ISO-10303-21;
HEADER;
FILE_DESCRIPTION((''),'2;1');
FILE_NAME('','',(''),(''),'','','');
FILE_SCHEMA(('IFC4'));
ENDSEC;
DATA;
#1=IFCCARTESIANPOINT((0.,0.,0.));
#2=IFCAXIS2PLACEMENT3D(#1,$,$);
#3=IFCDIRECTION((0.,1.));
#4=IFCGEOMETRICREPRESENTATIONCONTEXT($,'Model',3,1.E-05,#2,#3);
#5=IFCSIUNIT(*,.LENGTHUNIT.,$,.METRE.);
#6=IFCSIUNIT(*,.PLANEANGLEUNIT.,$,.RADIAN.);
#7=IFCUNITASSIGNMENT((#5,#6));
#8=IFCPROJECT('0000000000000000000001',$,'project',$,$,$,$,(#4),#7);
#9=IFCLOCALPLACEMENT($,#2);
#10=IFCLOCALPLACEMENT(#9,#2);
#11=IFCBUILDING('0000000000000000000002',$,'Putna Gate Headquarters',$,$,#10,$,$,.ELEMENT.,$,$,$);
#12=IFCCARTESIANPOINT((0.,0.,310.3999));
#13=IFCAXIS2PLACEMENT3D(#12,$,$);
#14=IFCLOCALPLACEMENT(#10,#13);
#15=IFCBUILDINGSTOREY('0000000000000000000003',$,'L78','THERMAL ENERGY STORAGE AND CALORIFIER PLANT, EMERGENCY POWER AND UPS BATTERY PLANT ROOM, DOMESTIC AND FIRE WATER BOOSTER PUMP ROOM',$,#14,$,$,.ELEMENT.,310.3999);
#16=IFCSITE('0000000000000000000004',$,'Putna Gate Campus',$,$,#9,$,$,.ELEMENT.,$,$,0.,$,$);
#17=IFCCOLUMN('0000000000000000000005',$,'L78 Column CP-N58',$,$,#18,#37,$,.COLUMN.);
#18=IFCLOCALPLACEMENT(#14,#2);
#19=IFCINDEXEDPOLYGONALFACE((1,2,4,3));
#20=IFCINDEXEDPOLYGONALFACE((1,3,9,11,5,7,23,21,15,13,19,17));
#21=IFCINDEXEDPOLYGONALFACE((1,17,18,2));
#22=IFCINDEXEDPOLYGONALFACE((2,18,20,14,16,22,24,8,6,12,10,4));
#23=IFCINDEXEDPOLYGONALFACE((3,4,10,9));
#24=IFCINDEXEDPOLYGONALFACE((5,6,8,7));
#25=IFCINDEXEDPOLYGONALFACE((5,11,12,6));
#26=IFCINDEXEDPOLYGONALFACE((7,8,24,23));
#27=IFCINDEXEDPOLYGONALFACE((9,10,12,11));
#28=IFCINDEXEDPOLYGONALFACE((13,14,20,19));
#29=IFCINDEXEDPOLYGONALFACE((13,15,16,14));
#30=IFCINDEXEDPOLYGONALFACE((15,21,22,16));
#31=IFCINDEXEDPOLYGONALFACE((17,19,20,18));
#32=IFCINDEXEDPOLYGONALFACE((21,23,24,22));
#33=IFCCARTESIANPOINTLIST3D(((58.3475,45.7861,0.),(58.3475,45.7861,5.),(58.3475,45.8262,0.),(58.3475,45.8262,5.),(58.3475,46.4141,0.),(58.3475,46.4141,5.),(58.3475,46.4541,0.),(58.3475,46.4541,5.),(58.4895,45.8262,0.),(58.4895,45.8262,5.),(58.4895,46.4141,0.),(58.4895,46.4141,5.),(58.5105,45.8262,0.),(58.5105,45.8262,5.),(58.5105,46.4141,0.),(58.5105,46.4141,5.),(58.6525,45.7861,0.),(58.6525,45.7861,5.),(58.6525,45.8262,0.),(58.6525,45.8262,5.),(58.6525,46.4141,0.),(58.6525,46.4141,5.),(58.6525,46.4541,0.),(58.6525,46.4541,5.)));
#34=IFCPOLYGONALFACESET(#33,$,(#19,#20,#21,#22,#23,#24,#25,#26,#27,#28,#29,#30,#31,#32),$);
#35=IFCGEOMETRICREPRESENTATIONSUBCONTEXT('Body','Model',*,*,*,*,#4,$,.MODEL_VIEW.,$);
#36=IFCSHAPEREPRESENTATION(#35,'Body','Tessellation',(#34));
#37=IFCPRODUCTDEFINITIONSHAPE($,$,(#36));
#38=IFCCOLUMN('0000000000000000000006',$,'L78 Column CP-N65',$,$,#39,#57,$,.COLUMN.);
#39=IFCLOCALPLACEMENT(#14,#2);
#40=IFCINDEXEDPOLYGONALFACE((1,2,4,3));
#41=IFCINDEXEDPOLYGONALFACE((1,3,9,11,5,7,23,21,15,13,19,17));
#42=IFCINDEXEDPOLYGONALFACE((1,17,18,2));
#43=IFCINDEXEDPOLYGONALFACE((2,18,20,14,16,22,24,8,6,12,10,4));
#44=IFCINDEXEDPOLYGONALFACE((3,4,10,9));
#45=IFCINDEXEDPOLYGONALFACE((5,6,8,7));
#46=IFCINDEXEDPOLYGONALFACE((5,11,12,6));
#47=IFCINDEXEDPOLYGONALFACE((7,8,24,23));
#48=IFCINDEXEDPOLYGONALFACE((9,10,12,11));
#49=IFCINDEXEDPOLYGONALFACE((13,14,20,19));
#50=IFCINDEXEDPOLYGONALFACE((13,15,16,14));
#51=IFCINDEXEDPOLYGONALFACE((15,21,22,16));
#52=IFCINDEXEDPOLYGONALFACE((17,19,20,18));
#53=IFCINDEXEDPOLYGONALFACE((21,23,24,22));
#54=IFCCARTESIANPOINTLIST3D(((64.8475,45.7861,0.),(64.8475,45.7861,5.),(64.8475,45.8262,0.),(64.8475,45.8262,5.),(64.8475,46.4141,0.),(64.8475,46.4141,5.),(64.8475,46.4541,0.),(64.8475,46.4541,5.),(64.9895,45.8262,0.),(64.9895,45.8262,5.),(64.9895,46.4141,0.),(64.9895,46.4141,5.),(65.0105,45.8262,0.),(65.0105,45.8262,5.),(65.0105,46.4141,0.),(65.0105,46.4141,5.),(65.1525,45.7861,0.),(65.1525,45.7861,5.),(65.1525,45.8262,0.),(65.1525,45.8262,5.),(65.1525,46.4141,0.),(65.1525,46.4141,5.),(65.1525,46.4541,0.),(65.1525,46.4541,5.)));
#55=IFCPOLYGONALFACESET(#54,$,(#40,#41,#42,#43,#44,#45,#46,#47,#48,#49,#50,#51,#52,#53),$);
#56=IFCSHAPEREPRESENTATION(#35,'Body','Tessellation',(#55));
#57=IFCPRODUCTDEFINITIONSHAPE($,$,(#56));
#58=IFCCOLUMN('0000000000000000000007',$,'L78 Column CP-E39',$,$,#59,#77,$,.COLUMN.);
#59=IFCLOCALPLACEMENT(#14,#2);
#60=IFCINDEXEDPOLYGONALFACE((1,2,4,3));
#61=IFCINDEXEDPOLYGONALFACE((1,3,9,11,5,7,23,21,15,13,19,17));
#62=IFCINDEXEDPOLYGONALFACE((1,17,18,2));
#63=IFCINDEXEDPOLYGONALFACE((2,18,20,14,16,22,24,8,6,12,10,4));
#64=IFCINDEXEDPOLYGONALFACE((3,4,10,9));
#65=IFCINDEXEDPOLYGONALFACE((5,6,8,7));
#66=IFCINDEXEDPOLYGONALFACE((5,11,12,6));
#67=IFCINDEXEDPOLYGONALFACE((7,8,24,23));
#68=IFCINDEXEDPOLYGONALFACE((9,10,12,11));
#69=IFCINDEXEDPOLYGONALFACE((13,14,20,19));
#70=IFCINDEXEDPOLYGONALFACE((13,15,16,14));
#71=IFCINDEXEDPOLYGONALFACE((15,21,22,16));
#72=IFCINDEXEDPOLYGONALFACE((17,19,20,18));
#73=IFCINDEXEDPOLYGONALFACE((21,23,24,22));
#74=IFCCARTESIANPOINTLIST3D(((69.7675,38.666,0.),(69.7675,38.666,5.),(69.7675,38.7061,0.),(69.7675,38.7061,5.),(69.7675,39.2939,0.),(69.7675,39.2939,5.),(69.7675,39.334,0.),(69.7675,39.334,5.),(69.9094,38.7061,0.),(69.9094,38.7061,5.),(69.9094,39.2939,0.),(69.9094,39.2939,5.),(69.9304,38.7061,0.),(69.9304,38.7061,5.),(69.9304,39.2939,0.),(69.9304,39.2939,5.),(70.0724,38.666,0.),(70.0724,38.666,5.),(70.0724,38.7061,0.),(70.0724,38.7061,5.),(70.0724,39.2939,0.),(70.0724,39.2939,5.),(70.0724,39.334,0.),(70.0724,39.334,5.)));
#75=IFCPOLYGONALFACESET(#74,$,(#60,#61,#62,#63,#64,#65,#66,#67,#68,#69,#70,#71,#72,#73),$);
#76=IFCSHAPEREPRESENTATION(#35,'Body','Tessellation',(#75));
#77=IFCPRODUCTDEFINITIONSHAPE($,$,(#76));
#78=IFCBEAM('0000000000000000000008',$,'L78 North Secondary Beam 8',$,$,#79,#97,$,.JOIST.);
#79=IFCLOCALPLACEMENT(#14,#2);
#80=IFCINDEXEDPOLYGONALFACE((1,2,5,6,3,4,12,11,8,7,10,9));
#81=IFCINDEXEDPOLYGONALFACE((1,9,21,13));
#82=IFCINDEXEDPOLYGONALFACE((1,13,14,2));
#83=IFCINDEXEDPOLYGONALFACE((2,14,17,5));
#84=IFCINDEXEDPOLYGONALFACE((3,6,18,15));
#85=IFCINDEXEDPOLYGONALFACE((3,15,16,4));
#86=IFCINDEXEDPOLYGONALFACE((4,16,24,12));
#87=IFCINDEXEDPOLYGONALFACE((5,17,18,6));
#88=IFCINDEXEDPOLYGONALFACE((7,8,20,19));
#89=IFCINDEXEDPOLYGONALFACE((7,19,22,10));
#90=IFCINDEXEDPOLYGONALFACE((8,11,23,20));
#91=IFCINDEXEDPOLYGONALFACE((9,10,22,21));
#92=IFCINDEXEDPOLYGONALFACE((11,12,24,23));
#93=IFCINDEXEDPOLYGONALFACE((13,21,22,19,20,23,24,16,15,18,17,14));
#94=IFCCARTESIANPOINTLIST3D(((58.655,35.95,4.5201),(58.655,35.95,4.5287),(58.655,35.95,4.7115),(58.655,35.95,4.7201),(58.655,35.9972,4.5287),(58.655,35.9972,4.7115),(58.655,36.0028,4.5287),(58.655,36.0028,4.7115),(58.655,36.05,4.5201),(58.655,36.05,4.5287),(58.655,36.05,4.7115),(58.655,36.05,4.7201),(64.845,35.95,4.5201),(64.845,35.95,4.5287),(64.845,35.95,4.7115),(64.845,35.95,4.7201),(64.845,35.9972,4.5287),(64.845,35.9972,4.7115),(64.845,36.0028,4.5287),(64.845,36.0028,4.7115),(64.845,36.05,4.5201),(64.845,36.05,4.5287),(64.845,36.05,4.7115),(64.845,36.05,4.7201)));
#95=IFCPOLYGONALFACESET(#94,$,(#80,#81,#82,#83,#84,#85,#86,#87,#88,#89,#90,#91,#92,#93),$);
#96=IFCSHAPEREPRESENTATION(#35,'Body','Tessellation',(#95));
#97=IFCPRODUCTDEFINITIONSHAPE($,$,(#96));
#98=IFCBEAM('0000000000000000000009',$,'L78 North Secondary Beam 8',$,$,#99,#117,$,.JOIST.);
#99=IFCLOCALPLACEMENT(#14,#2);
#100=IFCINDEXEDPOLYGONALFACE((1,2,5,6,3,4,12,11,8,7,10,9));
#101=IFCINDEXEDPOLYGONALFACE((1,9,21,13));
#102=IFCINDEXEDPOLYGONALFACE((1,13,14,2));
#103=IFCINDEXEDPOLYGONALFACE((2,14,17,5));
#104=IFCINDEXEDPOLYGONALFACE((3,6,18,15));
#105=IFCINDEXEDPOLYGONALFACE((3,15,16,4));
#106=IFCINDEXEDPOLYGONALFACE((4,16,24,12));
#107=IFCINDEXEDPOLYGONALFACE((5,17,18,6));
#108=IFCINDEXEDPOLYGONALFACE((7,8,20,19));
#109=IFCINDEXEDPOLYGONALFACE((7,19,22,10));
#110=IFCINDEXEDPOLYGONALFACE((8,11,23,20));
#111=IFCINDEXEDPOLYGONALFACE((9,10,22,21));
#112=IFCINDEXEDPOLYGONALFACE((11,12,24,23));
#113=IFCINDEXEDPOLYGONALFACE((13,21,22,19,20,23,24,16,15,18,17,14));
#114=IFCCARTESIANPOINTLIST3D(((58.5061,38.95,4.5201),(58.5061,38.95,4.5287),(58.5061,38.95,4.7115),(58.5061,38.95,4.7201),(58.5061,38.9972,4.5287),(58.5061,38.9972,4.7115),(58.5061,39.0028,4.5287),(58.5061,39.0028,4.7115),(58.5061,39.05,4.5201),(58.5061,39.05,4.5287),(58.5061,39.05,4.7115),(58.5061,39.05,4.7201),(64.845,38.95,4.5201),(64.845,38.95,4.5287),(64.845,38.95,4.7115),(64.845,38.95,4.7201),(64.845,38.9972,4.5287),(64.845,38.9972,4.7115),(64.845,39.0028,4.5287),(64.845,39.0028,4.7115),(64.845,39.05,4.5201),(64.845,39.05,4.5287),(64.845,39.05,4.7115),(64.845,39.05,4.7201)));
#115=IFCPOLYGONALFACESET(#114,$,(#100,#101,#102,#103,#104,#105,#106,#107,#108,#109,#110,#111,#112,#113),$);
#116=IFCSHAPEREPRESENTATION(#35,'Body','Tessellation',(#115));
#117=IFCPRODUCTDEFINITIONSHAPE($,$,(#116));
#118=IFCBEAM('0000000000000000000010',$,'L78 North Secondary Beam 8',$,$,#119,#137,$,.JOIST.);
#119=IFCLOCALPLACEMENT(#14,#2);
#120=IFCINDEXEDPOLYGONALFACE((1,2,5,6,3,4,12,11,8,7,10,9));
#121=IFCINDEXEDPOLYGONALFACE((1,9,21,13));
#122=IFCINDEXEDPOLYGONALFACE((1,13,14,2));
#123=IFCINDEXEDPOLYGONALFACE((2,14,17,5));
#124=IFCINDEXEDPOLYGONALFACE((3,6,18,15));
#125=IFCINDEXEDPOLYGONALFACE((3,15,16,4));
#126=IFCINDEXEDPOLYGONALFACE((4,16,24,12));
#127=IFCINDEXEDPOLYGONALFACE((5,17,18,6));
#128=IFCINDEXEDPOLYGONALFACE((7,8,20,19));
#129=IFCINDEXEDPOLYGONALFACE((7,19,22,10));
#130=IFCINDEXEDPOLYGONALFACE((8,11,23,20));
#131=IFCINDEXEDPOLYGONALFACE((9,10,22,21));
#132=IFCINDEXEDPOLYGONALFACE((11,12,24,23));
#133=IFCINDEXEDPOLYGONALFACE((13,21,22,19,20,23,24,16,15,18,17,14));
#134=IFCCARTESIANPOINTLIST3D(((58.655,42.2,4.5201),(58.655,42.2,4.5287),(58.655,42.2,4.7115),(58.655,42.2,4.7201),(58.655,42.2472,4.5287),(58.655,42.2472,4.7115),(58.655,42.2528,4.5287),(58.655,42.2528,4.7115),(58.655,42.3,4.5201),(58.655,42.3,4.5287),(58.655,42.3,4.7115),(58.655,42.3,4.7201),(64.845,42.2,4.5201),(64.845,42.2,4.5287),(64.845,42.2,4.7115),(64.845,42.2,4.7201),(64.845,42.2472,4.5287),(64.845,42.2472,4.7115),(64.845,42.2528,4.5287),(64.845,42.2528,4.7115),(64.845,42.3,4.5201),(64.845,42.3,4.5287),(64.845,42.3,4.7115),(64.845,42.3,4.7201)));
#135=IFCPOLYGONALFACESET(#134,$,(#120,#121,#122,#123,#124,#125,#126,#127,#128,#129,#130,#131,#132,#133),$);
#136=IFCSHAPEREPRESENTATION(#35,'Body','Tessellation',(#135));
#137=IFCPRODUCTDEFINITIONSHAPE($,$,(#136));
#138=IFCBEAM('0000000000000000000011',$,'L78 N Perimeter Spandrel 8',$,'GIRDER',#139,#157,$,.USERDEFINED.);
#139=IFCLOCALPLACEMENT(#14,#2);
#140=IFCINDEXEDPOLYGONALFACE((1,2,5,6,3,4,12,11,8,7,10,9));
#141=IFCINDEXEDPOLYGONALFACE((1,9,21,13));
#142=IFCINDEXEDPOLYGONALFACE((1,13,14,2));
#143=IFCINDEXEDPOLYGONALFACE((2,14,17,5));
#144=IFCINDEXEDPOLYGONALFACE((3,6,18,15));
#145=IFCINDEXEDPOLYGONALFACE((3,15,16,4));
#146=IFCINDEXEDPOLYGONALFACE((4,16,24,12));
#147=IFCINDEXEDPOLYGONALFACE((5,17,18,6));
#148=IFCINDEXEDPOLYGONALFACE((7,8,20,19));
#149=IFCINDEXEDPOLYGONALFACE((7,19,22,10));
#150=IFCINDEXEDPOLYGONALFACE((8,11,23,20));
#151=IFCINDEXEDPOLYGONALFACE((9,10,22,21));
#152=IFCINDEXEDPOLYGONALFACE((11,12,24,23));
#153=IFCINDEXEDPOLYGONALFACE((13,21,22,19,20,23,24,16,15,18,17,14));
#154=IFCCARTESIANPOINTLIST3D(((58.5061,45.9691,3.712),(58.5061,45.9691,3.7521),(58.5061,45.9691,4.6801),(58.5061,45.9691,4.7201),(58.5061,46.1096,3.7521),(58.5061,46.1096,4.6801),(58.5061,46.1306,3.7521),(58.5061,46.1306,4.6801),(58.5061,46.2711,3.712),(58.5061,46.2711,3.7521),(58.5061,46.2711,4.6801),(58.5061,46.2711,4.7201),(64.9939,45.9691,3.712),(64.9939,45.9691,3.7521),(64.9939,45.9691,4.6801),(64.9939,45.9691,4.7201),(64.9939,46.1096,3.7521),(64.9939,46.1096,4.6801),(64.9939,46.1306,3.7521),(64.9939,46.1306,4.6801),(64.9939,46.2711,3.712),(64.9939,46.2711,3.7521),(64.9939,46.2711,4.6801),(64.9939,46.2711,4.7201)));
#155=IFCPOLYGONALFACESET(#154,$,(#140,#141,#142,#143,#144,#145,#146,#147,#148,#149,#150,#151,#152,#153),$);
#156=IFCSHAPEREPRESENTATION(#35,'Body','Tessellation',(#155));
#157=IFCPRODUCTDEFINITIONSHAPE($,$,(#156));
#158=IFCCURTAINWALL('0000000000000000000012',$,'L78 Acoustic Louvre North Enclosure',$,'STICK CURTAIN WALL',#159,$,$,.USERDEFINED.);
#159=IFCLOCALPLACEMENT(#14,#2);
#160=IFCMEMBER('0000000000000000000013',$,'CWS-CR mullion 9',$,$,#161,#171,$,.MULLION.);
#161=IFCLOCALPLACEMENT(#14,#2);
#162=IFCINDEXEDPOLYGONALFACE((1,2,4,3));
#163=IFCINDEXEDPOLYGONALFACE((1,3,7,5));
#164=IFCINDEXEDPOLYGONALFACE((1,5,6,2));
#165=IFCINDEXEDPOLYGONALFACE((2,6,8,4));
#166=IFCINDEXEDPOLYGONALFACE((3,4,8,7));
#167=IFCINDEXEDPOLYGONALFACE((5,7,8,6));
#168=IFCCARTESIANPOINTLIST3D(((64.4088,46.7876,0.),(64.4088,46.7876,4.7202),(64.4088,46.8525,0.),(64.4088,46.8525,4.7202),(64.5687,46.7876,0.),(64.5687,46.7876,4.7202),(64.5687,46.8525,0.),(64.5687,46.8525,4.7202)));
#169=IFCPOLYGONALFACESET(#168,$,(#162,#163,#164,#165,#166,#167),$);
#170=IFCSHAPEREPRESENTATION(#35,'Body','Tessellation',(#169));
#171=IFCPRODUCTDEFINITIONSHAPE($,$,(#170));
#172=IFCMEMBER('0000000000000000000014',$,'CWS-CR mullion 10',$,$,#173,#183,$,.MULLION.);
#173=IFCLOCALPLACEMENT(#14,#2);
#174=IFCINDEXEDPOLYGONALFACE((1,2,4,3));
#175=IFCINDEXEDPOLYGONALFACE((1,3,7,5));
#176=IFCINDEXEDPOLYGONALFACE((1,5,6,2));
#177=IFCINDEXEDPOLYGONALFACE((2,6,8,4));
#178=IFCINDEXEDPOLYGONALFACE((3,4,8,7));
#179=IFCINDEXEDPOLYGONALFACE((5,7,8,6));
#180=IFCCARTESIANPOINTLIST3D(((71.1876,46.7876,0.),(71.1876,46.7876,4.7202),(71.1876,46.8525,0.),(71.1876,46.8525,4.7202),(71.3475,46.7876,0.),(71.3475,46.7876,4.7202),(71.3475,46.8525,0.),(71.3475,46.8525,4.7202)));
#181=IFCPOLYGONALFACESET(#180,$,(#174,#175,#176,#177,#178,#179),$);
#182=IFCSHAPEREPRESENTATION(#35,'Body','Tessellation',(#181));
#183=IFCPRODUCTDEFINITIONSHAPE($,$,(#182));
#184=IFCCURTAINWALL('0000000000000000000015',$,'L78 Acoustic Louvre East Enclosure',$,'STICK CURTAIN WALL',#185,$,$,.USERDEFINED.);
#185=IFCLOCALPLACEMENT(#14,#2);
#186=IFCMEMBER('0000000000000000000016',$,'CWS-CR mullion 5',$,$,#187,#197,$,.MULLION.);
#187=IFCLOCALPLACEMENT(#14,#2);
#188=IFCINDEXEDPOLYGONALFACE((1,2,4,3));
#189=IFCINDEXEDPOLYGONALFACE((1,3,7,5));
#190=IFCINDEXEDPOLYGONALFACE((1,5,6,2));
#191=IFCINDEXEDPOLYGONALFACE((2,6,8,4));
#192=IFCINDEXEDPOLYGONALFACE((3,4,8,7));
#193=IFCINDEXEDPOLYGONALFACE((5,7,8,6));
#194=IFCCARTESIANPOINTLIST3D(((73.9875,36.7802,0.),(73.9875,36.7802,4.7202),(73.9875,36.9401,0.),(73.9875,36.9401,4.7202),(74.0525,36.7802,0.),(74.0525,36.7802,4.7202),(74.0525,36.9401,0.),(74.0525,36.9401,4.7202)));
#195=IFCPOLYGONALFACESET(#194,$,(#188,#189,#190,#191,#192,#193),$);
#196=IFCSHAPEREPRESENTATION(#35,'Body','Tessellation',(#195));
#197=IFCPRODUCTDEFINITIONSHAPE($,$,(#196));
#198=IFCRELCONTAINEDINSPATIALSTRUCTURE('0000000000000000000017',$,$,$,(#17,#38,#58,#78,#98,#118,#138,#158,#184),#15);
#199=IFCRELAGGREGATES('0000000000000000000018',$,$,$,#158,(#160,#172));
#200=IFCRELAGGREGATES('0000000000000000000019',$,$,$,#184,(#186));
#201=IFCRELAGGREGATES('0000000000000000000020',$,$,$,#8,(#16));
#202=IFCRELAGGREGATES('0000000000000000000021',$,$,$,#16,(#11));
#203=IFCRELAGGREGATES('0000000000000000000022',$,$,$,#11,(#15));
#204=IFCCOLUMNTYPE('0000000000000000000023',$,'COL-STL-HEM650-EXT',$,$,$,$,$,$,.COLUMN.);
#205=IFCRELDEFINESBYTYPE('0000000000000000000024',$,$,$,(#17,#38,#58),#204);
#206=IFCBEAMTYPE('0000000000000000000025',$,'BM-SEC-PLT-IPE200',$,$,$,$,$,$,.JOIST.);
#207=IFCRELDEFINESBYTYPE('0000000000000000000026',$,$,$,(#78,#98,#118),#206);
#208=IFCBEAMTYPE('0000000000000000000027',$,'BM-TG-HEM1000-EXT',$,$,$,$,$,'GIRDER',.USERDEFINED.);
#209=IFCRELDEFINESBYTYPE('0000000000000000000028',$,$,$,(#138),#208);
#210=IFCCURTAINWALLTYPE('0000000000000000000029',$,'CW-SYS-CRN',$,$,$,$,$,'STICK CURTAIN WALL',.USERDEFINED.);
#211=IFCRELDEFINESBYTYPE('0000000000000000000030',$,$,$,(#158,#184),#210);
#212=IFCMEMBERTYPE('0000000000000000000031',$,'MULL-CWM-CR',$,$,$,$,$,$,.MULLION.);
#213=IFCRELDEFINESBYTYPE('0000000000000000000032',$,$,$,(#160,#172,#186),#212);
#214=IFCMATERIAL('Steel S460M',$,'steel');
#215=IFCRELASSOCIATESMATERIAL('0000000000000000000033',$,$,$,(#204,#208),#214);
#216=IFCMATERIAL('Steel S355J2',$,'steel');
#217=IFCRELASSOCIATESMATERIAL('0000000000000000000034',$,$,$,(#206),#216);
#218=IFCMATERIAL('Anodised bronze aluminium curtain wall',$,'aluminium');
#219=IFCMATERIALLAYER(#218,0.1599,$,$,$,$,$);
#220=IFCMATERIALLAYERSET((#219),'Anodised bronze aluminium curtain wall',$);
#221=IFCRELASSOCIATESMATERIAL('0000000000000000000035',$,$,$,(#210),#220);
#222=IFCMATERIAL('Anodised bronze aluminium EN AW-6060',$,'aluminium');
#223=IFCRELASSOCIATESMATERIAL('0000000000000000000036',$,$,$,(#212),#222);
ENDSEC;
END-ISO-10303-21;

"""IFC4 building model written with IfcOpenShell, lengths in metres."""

from ifc_helpers import new_model, si_unit, direction, frame, origin, origin_2d, place, context, subcontext, project, spatial, rectangle, i_section, extrude, material, layer, layer_set, material_profile, profile_set, type_object, element, aggregate, save


model = new_model("IFC4")

# Units and contexts
model_context = context("Model", 3, precision=1e-05, world=origin(), true_north=direction((0.0, 1.0)))
body_context = subcontext(model_context, "Body", "Model", "MODEL_VIEW")
ifc_project = project(units=[si_unit("LENGTHUNIT", "METRE"), si_unit("PLANEANGLEUNIT", "RADIAN")], contexts=[model_context])

# Site, building, storey
site_placement = place(None, origin())
site = spatial("IfcSite", under=ifc_project, at=site_placement, Name="Putna Gate Campus", CompositionType="ELEMENT", RefElevation=0.0)
building_placement = place(site_placement, origin())
building = spatial("IfcBuilding", under=site, at=building_placement, Name="Putna Gate Headquarters", CompositionType="ELEMENT")
storey_placement = place(building_placement, frame((0.0, 0.0, 310.3999)))
storey = spatial("IfcBuildingStorey", under=building, at=storey_placement, Name="L78", Description="THERMAL ENERGY STORAGE AND CALORIFIER PLANT, EMERGENCY POWER AND UPS BATTERY PLANT ROOM, DOMESTIC AND FIRE WATER BOOSTER PUMP ROOM", CompositionType="ELEMENT", Elevation=310.3999)

# Columns
ifc_material_1 = material(Name="Steel S460M", Category="steel")
ifc_material_profile_1 = material_profile(ifc_material_1, i_section(OverallWidth=0.3049, OverallDepth=0.668, WebThickness=0.021, FlangeThickness=0.04, at=origin_2d()), Name="Steel S460M")
ifc_profile_set_1 = profile_set([ifc_material_profile_1], Name="Steel S460M")
column_type = type_object("IfcColumnType", Name="COL-STL-HEM650-EXT", PredefinedType="COLUMN", material=ifc_profile_set_1)
for number, where, z_axis, x_axis, name in (
    (1, (58.5, 46.1201, 0.0), (0.0, 0.0, 1.0), (1.0, 0.0, 0.0), "L78 Column CP-N58"),
    (2, (65.0, 46.1201, 0.0), (0.0, 0.0, 1.0), (1.0, 0.0, 0.0), "L78 Column CP-N65"),
    (3, (69.9199, 39.0, 0.0), (0.0, 0.0, 1.0), (1.0, 0.0, 0.0), "L78 Column CP-E39"),
):
    element("IfcColumn", number, at=place(storey_placement, frame(where, z_axis=z_axis, x_axis=x_axis)), inside=storey, type_object=column_type, Name=name, PredefinedType="COLUMN", context=body_context, shape_type="SweptSolid", body=[
        extrude(i_section(OverallWidth=0.3049, OverallDepth=0.668, WebThickness=0.021, FlangeThickness=0.04, at=origin_2d()), origin(), (0.0, 0.0, 1.0), 5.0),
    ])

# Beams
ifc_material_2 = material(Name="Steel S355J2", Category="steel")
ifc_material_profile_2 = material_profile(ifc_material_2, i_section(OverallWidth=0.1001, OverallDepth=0.2, WebThickness=0.0056, FlangeThickness=0.0085, at=origin_2d()), Name="Steel S355J2")
ifc_profile_set_2 = profile_set([ifc_material_profile_2], Name="Steel S355J2")
beam_type_1 = type_object("IfcBeamType", Name="BM-SEC-PLT-IPE200", PredefinedType="JOIST", material=ifc_profile_set_2)
beam_1_placement = place(storey_placement, frame((58.655, 36.0, 4.6201), z_axis=(1.0, 0.0, 0.0), x_axis=(0.0, 1.0, 0.0)))
element("IfcBeam", 4, at=beam_1_placement, inside=storey, type_object=beam_type_1, Name="L78 North Secondary Beam 8", PredefinedType="JOIST", context=body_context, shape_type="SweptSolid", body=[
    extrude(i_section(OverallWidth=0.1001, OverallDepth=0.2, WebThickness=0.0056, FlangeThickness=0.0085, at=origin_2d()), origin(), (0.0, 0.0, 1.0), 6.1899),
])
beam_2_placement = place(storey_placement, frame((58.5061, 39.0, 4.6201), z_axis=(1.0, 0.0, 0.0), x_axis=(0.0, 1.0, 0.0)))
element("IfcBeam", 5, at=beam_2_placement, inside=storey, type_object=beam_type_1, Name="L78 North Secondary Beam 8", PredefinedType="JOIST", context=body_context, shape_type="SweptSolid", body=[
    extrude(i_section(OverallWidth=0.1001, OverallDepth=0.2, WebThickness=0.0056, FlangeThickness=0.0085, at=origin_2d()), origin(), (0.0, 0.0, 1.0), 6.3389),
])
beam_3_placement = place(storey_placement, frame((58.655, 42.25, 4.6201), z_axis=(1.0, 0.0, 0.0), x_axis=(0.0, 1.0, 0.0)))
element("IfcBeam", 6, at=beam_3_placement, inside=storey, type_object=beam_type_1, Name="L78 North Secondary Beam 8", PredefinedType="JOIST", context=body_context, shape_type="SweptSolid", body=[
    extrude(i_section(OverallWidth=0.1001, OverallDepth=0.2, WebThickness=0.0056, FlangeThickness=0.0085, at=origin_2d()), origin(), (0.0, 0.0, 1.0), 6.1899),
])
ifc_material_profile_3 = material_profile(ifc_material_1, i_section(OverallWidth=0.302, OverallDepth=1.0081, WebThickness=0.021, FlangeThickness=0.04, at=origin_2d()), Name="Steel S460M")
ifc_profile_set_3 = profile_set([ifc_material_profile_3], Name="Steel S460M")
beam_type_2 = type_object("IfcBeamType", Name="BM-TG-HEM1000-EXT", ElementType="GIRDER", PredefinedType="USERDEFINED", material=ifc_profile_set_3)
beam_4_placement = place(storey_placement, frame((58.5061, 46.1201, 4.2161), z_axis=(1.0, 0.0, 0.0), x_axis=(0.0, 1.0, 0.0)))
element("IfcBeam", 7, at=beam_4_placement, inside=storey, type_object=beam_type_2, Name="L78 N Perimeter Spandrel 8", ObjectType="GIRDER", PredefinedType="USERDEFINED", context=body_context, shape_type="SweptSolid", body=[
    extrude(i_section(OverallWidth=0.302, OverallDepth=1.0081, WebThickness=0.021, FlangeThickness=0.04, at=origin_2d()), origin(), (0.0, 0.0, 1.0), 6.4878),
])

# Curtain walls, members
ifc_material_3 = material(Name="Anodised bronze aluminium curtain wall", Category="aluminium")
ifc_layer_1 = layer(ifc_material_3, 0.1599)
ifc_layer_set_1 = layer_set([ifc_layer_1], Name="Anodised bronze aluminium curtain wall")
curtain_wall_type = type_object("IfcCurtainWallType", Name="CW-SYS-CRN", ElementType="STICK CURTAIN WALL", PredefinedType="USERDEFINED", material=ifc_layer_set_1)
curtain_wall_1_placement = place(storey_placement, origin())
curtain_wall_1 = element("IfcCurtainWall", 8, at=curtain_wall_1_placement, inside=storey, type_object=curtain_wall_type, Name="L78 Acoustic Louvre North Enclosure", ObjectType="STICK CURTAIN WALL", PredefinedType="USERDEFINED")
ifc_material_4 = material(Name="Anodised bronze aluminium EN AW-6060", Category="aluminium")
ifc_material_profile_4 = material_profile(ifc_material_4, rectangle(XDim=0.0649, YDim=0.1599, at=origin_2d()), Name="Anodised bronze aluminium EN AW-6060")
ifc_profile_set_4 = profile_set([ifc_material_profile_4], Name="Anodised bronze aluminium EN AW-6060")
member_type_1 = type_object("IfcMemberType", Name="MULL-CWM-CR", PredefinedType="MULLION", material=ifc_profile_set_4)
member_1_placement = place(storey_placement, frame((64.4888, 46.8201, 0.0), z_axis=(0.0, 0.0, 1.0), x_axis=(0.0, 1.0, 0.0)))
member_1 = element("IfcMember", 9, at=member_1_placement, type_object=member_type_1, Name="CWS-CR mullion 9", PredefinedType="MULLION", context=body_context, shape_type="SweptSolid", body=[
    extrude(rectangle(XDim=0.0649, YDim=0.1599, at=origin_2d()), origin(), (0.0, 0.0, 1.0), 4.7202),
])
member_2_placement = place(storey_placement, frame((71.2676, 46.8201, 0.0), z_axis=(0.0, 0.0, 1.0), x_axis=(0.0, 1.0, 0.0)))
member_2 = element("IfcMember", 10, at=member_2_placement, type_object=member_type_1, Name="CWS-CR mullion 10", PredefinedType="MULLION", context=body_context, shape_type="SweptSolid", body=[
    extrude(rectangle(XDim=0.0649, YDim=0.1599, at=origin_2d()), origin(), (0.0, 0.0, 1.0), 4.7202),
])
curtain_wall_2_placement = place(storey_placement, origin())
curtain_wall_2 = element("IfcCurtainWall", 11, at=curtain_wall_2_placement, inside=storey, type_object=curtain_wall_type, Name="L78 Acoustic Louvre East Enclosure", ObjectType="STICK CURTAIN WALL", PredefinedType="USERDEFINED")
member_3_placement = place(storey_placement, frame((74.02, 36.8601, 0.0), z_axis=(0.0, 0.0, 1.0), x_axis=(-1.0, 0.0, 0.0)))
member_3 = element("IfcMember", 12, at=member_3_placement, type_object=member_type_1, Name="CWS-CR mullion 5", PredefinedType="MULLION", context=body_context, shape_type="SweptSolid", body=[
    extrude(rectangle(XDim=0.0649, YDim=0.1599, at=origin_2d()), origin(), (0.0, 0.0, 1.0), 4.7202),
])

aggregate(curtain_wall_1, [member_1, member_2])
aggregate(curtain_wall_2, [member_3])

save(model, "model.ifc")
